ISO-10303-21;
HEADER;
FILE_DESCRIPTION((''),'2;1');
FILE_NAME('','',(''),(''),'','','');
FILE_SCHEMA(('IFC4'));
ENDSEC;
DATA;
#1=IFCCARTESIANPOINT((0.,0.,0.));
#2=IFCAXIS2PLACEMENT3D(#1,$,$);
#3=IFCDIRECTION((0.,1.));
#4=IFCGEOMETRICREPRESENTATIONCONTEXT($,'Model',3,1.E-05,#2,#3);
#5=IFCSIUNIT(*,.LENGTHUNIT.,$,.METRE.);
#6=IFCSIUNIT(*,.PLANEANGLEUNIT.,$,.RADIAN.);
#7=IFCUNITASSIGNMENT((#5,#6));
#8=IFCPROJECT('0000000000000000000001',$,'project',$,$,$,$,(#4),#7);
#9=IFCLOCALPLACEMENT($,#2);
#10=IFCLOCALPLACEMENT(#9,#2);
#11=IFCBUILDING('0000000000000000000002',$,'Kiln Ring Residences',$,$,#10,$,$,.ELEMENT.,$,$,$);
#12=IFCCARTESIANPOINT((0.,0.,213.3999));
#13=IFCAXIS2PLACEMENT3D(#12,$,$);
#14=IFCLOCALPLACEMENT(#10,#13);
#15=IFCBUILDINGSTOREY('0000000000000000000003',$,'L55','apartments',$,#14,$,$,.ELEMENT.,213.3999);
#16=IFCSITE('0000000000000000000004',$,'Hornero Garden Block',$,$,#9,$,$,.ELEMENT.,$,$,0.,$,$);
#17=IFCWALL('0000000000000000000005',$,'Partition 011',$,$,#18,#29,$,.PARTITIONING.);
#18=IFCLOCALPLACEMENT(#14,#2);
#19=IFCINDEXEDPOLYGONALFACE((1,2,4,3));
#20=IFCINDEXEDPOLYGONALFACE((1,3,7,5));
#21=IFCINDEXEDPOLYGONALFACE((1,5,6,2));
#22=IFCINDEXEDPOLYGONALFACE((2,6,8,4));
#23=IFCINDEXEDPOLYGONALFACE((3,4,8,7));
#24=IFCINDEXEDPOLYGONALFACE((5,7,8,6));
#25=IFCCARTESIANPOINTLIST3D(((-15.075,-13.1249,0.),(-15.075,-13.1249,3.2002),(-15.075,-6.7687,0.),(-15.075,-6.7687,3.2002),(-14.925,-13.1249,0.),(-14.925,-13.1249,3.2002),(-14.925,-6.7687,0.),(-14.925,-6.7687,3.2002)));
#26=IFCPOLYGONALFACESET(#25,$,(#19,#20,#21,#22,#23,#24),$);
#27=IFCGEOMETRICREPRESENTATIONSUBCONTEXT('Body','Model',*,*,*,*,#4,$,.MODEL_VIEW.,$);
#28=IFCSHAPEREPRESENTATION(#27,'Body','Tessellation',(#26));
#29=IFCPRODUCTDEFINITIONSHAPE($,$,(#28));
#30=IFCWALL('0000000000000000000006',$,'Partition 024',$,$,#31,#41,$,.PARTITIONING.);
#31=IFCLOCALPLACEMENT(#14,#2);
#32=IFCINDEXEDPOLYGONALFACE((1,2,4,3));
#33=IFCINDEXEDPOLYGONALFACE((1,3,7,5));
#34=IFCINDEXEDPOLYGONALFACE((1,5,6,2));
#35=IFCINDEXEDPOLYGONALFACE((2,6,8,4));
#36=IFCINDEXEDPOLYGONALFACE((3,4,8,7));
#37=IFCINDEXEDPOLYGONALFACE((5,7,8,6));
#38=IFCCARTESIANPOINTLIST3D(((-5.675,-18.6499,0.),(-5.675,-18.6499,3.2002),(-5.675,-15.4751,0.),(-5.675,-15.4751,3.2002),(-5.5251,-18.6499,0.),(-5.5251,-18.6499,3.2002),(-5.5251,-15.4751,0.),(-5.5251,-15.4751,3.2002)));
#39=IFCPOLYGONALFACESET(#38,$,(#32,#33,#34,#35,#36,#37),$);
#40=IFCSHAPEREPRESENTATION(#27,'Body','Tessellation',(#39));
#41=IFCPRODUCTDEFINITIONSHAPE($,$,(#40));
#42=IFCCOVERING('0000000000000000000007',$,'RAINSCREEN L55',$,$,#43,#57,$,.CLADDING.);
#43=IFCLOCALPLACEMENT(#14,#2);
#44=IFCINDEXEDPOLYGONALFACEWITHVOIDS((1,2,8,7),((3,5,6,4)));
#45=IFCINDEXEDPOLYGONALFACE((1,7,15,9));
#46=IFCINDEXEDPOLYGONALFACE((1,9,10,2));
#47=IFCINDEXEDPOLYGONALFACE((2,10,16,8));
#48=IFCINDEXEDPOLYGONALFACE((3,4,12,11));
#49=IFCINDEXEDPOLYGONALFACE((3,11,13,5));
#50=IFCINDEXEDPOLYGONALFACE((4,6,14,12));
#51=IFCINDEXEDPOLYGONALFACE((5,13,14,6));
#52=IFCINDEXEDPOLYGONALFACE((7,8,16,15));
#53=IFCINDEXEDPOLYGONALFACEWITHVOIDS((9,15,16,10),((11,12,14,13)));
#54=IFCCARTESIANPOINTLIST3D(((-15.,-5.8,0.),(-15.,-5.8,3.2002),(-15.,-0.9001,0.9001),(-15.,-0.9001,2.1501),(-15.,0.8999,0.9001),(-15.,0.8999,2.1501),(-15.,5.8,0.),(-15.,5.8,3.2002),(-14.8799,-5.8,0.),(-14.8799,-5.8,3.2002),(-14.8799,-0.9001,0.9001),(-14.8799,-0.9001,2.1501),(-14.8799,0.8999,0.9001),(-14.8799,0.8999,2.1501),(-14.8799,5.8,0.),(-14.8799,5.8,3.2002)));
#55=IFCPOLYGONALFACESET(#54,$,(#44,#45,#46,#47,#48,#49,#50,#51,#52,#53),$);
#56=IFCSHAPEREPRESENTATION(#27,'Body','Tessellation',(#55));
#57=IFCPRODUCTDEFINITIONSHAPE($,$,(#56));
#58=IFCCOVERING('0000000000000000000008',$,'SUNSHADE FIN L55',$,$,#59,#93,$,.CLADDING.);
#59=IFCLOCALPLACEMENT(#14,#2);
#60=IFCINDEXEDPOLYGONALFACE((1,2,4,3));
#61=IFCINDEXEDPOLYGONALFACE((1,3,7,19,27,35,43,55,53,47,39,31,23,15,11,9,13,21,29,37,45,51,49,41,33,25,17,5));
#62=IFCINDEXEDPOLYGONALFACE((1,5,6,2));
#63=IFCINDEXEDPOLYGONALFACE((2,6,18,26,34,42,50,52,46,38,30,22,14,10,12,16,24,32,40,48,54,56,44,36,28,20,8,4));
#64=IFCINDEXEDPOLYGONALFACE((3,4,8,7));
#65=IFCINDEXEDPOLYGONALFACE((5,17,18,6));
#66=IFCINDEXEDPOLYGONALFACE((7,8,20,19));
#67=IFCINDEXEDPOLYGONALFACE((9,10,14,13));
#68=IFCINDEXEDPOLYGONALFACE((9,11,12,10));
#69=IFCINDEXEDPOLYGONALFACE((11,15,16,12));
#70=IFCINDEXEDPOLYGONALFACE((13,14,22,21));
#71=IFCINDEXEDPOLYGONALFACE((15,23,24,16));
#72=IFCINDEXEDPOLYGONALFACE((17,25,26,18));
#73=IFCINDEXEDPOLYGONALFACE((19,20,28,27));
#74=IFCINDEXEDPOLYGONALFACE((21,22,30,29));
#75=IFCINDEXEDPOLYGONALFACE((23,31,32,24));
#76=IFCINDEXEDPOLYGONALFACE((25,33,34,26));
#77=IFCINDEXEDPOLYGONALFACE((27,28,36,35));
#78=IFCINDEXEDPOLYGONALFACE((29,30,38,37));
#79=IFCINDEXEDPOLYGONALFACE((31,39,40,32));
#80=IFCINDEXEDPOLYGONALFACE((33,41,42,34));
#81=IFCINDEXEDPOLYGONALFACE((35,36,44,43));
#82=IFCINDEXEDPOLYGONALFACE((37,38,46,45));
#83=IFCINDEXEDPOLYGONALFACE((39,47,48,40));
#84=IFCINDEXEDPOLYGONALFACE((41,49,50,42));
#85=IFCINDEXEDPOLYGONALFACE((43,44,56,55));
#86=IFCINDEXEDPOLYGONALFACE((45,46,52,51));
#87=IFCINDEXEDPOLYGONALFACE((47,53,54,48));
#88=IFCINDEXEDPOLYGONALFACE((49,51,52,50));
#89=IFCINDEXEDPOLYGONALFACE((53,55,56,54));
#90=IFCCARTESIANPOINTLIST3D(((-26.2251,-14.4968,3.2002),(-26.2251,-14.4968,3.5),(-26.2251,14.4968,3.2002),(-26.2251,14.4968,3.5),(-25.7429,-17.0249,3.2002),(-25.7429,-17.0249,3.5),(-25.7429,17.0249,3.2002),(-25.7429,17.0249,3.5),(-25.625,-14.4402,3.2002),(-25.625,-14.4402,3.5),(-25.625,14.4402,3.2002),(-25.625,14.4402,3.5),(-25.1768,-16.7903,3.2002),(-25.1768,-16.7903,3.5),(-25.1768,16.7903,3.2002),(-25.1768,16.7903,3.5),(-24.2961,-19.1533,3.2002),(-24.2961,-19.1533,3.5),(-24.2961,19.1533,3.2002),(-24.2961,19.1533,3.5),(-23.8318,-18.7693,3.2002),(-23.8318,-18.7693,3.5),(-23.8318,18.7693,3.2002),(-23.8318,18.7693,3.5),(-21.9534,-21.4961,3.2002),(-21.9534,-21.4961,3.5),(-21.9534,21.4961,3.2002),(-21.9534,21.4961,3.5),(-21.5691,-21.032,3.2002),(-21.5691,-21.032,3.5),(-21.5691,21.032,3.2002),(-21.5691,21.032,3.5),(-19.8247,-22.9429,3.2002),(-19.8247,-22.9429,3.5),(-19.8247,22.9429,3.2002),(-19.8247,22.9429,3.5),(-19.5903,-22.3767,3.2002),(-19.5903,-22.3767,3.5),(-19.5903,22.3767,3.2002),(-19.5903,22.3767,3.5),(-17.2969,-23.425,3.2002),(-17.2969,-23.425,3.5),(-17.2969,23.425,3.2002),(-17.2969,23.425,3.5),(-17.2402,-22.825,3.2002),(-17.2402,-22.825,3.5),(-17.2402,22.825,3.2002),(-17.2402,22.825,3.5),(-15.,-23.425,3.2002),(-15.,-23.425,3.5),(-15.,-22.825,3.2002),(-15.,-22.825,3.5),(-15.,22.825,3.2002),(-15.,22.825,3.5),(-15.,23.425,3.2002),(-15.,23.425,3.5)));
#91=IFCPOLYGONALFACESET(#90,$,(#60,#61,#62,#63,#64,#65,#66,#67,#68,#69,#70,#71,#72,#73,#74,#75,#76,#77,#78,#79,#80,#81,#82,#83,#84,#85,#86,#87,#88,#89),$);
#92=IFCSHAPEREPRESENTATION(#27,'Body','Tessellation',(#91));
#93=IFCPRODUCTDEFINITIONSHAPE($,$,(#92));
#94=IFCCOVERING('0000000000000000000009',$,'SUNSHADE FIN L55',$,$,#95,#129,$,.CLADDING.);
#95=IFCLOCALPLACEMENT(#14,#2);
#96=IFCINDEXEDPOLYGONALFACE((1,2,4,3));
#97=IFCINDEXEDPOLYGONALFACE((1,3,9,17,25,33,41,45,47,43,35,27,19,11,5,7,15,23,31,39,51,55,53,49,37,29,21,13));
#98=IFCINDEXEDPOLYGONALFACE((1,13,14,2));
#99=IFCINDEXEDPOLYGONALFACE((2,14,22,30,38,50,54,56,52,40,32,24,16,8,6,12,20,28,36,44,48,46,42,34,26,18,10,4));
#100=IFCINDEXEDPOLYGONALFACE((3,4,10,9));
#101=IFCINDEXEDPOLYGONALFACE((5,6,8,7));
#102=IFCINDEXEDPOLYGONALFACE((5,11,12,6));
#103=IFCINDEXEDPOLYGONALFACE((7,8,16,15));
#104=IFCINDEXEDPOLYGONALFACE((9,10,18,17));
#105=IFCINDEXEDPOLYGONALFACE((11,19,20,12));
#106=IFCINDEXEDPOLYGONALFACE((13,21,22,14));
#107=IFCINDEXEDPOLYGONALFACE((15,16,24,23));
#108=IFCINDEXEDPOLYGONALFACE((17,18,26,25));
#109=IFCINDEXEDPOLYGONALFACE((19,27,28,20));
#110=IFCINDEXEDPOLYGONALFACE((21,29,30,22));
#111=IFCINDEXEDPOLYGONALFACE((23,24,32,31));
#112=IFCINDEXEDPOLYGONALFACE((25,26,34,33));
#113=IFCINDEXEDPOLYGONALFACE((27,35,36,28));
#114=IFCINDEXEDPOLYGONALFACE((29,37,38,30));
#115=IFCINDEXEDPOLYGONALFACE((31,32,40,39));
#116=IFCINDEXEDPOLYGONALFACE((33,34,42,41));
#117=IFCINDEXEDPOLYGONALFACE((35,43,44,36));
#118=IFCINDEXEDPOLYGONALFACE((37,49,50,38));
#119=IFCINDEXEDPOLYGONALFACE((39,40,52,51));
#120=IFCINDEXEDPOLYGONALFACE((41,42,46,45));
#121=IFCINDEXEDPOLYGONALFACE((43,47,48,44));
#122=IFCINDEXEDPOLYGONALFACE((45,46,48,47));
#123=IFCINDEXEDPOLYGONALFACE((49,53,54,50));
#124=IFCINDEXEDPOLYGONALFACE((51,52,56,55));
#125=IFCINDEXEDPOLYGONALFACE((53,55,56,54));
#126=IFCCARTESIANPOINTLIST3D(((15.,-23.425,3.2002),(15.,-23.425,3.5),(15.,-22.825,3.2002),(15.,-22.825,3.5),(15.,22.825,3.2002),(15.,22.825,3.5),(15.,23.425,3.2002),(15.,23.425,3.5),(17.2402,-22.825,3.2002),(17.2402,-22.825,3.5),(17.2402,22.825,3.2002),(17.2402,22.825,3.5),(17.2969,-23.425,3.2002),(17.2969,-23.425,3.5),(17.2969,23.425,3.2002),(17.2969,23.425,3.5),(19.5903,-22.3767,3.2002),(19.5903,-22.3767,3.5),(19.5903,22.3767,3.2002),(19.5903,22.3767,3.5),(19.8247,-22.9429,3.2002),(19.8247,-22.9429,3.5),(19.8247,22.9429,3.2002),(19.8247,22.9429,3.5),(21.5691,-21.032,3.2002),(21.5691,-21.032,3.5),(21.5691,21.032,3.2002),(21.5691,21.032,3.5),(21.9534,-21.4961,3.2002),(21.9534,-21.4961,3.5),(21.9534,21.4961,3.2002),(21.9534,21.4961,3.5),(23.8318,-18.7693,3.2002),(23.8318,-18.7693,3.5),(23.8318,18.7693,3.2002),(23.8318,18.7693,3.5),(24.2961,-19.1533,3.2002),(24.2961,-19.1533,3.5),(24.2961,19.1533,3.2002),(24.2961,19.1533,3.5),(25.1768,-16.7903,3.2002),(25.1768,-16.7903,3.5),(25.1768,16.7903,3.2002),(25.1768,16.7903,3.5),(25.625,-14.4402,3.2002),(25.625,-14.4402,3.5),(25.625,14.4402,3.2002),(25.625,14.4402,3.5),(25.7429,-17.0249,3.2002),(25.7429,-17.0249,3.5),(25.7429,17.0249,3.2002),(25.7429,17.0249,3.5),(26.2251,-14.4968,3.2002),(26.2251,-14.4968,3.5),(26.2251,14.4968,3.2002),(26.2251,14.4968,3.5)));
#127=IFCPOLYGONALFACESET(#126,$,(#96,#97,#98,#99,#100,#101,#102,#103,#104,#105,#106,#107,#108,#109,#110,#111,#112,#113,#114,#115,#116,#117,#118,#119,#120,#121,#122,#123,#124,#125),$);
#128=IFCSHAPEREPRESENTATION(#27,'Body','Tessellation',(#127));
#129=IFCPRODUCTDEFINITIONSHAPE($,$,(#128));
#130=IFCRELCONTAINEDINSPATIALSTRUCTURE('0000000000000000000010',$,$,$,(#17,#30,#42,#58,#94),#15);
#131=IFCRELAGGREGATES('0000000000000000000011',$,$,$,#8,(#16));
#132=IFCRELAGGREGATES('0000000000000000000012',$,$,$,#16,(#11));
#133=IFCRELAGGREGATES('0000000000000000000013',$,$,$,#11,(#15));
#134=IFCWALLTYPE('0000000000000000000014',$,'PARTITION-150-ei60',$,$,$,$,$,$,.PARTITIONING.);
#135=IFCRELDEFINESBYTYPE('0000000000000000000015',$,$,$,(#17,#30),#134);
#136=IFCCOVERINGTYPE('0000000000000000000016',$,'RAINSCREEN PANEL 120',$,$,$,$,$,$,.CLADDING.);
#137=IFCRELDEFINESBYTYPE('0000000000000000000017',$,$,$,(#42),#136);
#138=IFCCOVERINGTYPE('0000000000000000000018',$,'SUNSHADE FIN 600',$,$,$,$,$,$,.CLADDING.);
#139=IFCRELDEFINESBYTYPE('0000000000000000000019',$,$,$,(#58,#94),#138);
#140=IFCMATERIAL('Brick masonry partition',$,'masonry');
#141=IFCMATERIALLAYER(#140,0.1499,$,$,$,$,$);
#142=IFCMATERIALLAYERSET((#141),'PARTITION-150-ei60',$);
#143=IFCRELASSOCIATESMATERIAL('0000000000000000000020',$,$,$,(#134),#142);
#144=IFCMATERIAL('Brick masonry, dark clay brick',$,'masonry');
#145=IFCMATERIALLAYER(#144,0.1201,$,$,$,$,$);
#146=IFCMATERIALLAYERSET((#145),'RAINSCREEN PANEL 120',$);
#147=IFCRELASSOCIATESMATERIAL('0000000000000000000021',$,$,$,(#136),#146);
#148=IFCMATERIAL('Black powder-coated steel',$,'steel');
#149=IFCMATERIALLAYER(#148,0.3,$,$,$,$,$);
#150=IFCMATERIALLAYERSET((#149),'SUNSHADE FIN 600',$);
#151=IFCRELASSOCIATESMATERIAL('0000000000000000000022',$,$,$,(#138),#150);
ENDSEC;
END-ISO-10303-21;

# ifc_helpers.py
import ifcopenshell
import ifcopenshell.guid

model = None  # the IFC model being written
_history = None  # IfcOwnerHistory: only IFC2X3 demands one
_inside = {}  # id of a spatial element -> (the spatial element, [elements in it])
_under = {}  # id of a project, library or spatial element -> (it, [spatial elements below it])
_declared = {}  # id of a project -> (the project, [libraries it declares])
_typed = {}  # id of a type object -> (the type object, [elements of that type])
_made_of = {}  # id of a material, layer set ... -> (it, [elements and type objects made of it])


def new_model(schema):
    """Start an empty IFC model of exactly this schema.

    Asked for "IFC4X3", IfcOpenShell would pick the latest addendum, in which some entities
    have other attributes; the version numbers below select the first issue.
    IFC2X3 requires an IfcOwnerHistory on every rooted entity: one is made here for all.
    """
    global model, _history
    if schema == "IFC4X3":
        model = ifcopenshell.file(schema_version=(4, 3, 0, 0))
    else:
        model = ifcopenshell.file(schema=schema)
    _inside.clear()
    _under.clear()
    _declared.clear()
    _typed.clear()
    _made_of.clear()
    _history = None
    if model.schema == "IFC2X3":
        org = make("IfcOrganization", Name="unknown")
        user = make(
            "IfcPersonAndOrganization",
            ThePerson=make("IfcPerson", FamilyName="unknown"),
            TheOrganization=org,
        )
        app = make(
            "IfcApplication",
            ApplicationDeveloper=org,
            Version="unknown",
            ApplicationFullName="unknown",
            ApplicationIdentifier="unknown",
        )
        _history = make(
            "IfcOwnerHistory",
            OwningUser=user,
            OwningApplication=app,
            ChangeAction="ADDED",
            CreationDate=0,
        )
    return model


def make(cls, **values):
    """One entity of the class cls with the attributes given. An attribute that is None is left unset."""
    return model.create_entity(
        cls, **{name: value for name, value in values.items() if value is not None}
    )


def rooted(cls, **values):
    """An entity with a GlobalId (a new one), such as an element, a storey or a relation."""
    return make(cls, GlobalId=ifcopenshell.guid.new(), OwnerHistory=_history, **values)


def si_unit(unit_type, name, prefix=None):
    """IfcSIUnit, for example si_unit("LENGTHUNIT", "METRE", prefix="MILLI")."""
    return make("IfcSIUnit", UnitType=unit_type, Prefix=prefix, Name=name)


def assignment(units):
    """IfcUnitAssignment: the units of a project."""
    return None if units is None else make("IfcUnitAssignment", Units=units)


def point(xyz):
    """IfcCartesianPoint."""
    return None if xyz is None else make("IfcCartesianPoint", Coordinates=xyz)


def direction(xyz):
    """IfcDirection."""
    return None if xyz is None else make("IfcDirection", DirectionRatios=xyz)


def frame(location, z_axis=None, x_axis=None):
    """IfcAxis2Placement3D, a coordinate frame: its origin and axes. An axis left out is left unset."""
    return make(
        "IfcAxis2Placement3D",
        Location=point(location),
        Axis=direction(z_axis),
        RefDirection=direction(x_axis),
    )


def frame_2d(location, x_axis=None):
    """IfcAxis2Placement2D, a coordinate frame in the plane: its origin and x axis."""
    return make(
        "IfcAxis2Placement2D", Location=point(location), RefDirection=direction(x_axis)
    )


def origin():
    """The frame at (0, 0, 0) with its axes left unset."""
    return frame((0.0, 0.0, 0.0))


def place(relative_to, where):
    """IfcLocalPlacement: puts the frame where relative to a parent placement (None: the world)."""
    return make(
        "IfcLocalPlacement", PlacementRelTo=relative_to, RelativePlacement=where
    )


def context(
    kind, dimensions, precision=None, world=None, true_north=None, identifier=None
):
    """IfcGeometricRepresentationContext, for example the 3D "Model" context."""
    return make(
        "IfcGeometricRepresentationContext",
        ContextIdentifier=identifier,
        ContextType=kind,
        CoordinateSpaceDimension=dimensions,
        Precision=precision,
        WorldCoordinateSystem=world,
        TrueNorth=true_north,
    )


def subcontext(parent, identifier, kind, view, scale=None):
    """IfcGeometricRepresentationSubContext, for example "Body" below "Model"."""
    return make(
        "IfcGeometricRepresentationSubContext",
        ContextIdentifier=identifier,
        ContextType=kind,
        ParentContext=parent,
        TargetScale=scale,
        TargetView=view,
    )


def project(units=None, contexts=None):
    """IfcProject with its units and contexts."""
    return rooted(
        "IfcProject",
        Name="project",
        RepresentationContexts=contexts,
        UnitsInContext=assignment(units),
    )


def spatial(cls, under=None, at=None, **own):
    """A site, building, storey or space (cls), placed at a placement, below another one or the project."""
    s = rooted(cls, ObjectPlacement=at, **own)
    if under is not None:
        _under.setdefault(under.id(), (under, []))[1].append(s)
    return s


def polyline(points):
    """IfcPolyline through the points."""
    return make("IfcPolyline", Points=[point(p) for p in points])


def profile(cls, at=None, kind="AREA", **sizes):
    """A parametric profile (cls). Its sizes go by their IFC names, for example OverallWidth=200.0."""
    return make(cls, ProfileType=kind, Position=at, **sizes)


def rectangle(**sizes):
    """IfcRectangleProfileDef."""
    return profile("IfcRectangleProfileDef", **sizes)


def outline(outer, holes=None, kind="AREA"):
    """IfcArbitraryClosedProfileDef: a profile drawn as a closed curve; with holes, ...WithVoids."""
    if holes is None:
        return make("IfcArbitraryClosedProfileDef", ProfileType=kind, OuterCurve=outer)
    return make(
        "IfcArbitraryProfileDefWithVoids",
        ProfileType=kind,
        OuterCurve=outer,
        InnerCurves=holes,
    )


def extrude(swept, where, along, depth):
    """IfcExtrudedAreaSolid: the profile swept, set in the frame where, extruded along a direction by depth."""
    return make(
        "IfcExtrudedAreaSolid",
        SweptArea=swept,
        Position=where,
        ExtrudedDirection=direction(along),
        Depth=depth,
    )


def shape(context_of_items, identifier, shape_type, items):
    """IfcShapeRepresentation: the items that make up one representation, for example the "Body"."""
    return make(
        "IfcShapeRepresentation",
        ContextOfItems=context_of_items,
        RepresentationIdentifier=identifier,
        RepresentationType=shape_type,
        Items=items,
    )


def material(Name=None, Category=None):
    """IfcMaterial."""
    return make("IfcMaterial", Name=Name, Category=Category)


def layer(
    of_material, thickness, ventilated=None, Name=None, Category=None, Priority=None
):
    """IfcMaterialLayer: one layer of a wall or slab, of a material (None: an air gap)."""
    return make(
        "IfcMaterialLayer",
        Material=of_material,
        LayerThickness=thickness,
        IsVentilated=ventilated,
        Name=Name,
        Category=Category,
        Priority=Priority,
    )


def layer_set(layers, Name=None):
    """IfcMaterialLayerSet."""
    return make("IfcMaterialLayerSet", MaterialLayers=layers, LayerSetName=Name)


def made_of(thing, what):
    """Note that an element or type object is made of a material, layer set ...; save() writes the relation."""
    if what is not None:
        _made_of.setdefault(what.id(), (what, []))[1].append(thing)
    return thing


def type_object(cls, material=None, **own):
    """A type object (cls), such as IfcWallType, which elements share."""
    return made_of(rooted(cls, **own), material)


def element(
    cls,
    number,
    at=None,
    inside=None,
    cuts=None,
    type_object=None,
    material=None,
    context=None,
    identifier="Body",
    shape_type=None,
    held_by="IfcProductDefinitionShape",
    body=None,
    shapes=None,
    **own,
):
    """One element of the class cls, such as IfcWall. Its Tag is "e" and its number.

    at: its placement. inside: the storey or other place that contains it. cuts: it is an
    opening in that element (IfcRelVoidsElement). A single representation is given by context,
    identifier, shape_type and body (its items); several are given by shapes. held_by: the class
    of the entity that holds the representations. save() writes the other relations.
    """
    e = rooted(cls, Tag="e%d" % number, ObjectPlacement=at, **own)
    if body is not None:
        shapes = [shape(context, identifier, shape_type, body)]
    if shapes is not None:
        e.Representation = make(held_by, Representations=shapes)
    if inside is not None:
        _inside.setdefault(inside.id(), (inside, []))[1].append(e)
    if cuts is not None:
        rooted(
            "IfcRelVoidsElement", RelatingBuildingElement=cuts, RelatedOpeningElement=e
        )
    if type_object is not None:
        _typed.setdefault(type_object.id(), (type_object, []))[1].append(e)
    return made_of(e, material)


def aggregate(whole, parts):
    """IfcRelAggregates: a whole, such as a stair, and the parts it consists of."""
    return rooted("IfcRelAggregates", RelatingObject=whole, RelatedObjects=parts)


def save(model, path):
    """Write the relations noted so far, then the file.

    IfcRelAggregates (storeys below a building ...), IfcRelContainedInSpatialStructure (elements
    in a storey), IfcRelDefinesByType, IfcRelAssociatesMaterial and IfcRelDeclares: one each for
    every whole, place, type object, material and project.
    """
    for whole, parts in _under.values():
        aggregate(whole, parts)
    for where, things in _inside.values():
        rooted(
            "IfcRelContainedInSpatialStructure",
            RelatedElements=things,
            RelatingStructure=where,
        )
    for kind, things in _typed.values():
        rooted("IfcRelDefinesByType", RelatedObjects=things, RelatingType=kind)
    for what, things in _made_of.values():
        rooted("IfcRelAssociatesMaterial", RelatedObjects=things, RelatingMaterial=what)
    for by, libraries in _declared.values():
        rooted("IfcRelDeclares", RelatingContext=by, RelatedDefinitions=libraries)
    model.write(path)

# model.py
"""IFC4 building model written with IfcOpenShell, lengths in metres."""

from ifc_helpers import new_model, si_unit, direction, frame, frame_2d, origin, place, context, subcontext, project, spatial, polyline, rectangle, outline, extrude, material, layer, layer_set, type_object, element, save


model = new_model("IFC4")

# Units and contexts
model_context = context("Model", 3, precision=1e-05, world=origin(), true_north=direction((0.0, 1.0)))
body_context = subcontext(model_context, "Body", "Model", "MODEL_VIEW")
ifc_project = project(units=[si_unit("LENGTHUNIT", "METRE"), si_unit("PLANEANGLEUNIT", "RADIAN")], contexts=[model_context])

# Site, building, storey
site_placement = place(None, origin())
site = spatial("IfcSite", under=ifc_project, at=site_placement, Name="Hornero Garden Block", CompositionType="ELEMENT", RefElevation=0.0)
building_placement = place(site_placement, origin())
building = spatial("IfcBuilding", under=site, at=building_placement, Name="Kiln Ring Residences", CompositionType="ELEMENT")
storey_placement = place(building_placement, frame((0.0, 0.0, 213.3999)))
storey = spatial("IfcBuildingStorey", under=building, at=storey_placement, Name="L55", Description="apartments", CompositionType="ELEMENT", Elevation=213.3999)

# Walls
ifc_material_1 = material(Name="Brick masonry partition", Category="masonry")
ifc_layer_1 = layer(ifc_material_1, 0.1499)
ifc_layer_set_1 = layer_set([ifc_layer_1], Name="PARTITION-150-ei60")
wall_type_1 = type_object("IfcWallType", Name="PARTITION-150-ei60", PredefinedType="PARTITIONING", material=ifc_layer_set_1)
wall_1_placement = place(storey_placement, frame((-15.0, -13.125, 0.0), z_axis=(0.0, 0.0, 1.0), x_axis=(0.0, 1.0, 0.0)))
element("IfcWall", 1, at=wall_1_placement, inside=storey, type_object=wall_type_1, Name="Partition 011", PredefinedType="PARTITIONING", context=body_context, shape_type="SweptSolid", body=[
    extrude(rectangle(XDim=6.3562, YDim=0.1499, at=frame_2d((3.1782, 0.0))), origin(), (0.0, 0.0, 1.0), 3.2002),
])
wall_2_placement = place(storey_placement, frame((-5.6001, -18.6499, 0.0), z_axis=(0.0, 0.0, 1.0), x_axis=(0.0, 1.0, 0.0)))
element("IfcWall", 2, at=wall_2_placement, inside=storey, type_object=wall_type_1, Name="Partition 024", PredefinedType="PARTITIONING", context=body_context, shape_type="SweptSolid", body=[
    extrude(rectangle(XDim=3.1748, YDim=0.1499, at=frame_2d((1.5874, 0.0))), origin(), (0.0, 0.0, 1.0), 3.2002),
])

# Coverings
ifc_material_2 = material(Name="Brick masonry, dark clay brick", Category="masonry")
ifc_layer_2 = layer(ifc_material_2, 0.1201)
ifc_layer_set_2 = layer_set([ifc_layer_2], Name="RAINSCREEN PANEL 120")
covering_type_1 = type_object("IfcCoveringType", Name="RAINSCREEN PANEL 120", PredefinedType="CLADDING", material=ifc_layer_set_2)
covering_1_placement = place(storey_placement, frame((-14.9399, -5.8, 0.0), z_axis=(0.0, 0.0, 1.0), x_axis=(0.0, 1.0, 0.0)))
element("IfcCovering", 3, at=covering_1_placement, inside=storey, type_object=covering_type_1, Name="RAINSCREEN L55", PredefinedType="CLADDING", context=body_context, shape_type="SweptSolid", body=[
    extrude(outline(polyline([(0.0, 0.0), (11.6001, 0.0), (11.6001, 3.2002), (0.0, 3.2002), (0.0, 0.0)]), holes=[polyline([(4.8999, 2.1501), (4.8999, 0.9001), (6.7, 0.9001), (6.7, 2.1501), (4.8999, 2.1501)])]), frame((0.0, 0.0601, 0.0), z_axis=(0.0, -1.0, 0.0), x_axis=(1.0, 0.0, 0.0)), (0.0, 0.0, 1.0), 0.1201),
])
ifc_material_3 = material(Name="Black powder-coated steel", Category="steel")
ifc_layer_3 = layer(ifc_material_3, 0.3)
ifc_layer_set_3 = layer_set([ifc_layer_3], Name="SUNSHADE FIN 600")
covering_type_2 = type_object("IfcCoveringType", Name="SUNSHADE FIN 600", PredefinedType="CLADDING", material=ifc_layer_set_3)
placement = place(storey_placement, frame((0.0, 0.0, 3.2002)))
element("IfcCovering", 4, at=placement, inside=storey, type_object=covering_type_2, Name="SUNSHADE FIN L55", PredefinedType="CLADDING", context=body_context, shape_type="SweptSolid", body=[
    extrude(outline(polyline([(-26.2251, -14.4968), (-25.7429, -17.0249), (-24.2961, -19.1533), (-21.9534, -21.4961), (-19.8247, -22.9429), (-17.2969, -23.425), (-15.0, -23.425), (-15.0, -22.825), (-17.2402, -22.825), (-19.5903, -22.3767), (-21.5691, -21.032), (-23.8318, -18.7693), (-25.1768, -16.7903), (-25.625, -14.4402), (-25.625, 14.4402), (-25.1768, 16.7903), (-23.8318, 18.7693), (-21.5691, 21.032), (-19.5903, 22.3767), (-17.2402, 22.825), (-15.0, 22.825), (-15.0, 23.425), (-17.2969, 23.425), (-19.8247, 22.9429), (-21.9534, 21.4961), (-24.2961, 19.1533), (-25.7429, 17.0249), (-26.2251, 14.4968), (-26.2251, -14.4968)])), origin(), (0.0, 0.0, 1.0), 0.2998),
])
element("IfcCovering", 5, at=placement, inside=storey, type_object=covering_type_2, Name="SUNSHADE FIN L55", PredefinedType="CLADDING", context=body_context, shape_type="SweptSolid", body=[
    extrude(outline(polyline([(17.2969, 23.425), (15.0, 23.425), (15.0, 22.825), (17.2402, 22.825), (19.5903, 22.3767), (21.5691, 21.032), (23.8318, 18.7693), (25.1768, 16.7903), (25.625, 14.4402), (25.625, -14.4402), (25.1768, -16.7903), (23.8318, -18.7693), (21.5691, -21.032), (19.5903, -22.3767), (17.2402, -22.825), (15.0, -22.825), (15.0, -23.425), (17.2969, -23.425), (19.8247, -22.9429), (21.9534, -21.4961), (24.2961, -19.1533), (25.7429, -17.0249), (26.2251, -14.4968), (26.2251, 14.4968), (25.7429, 17.0249), (24.2961, 19.1533), (21.9534, 21.4961), (19.8247, 22.9429), (17.2969, 23.425)])), origin(), (0.0, 0.0, 1.0), 0.2998),
])

save(model, "model.ifc")
